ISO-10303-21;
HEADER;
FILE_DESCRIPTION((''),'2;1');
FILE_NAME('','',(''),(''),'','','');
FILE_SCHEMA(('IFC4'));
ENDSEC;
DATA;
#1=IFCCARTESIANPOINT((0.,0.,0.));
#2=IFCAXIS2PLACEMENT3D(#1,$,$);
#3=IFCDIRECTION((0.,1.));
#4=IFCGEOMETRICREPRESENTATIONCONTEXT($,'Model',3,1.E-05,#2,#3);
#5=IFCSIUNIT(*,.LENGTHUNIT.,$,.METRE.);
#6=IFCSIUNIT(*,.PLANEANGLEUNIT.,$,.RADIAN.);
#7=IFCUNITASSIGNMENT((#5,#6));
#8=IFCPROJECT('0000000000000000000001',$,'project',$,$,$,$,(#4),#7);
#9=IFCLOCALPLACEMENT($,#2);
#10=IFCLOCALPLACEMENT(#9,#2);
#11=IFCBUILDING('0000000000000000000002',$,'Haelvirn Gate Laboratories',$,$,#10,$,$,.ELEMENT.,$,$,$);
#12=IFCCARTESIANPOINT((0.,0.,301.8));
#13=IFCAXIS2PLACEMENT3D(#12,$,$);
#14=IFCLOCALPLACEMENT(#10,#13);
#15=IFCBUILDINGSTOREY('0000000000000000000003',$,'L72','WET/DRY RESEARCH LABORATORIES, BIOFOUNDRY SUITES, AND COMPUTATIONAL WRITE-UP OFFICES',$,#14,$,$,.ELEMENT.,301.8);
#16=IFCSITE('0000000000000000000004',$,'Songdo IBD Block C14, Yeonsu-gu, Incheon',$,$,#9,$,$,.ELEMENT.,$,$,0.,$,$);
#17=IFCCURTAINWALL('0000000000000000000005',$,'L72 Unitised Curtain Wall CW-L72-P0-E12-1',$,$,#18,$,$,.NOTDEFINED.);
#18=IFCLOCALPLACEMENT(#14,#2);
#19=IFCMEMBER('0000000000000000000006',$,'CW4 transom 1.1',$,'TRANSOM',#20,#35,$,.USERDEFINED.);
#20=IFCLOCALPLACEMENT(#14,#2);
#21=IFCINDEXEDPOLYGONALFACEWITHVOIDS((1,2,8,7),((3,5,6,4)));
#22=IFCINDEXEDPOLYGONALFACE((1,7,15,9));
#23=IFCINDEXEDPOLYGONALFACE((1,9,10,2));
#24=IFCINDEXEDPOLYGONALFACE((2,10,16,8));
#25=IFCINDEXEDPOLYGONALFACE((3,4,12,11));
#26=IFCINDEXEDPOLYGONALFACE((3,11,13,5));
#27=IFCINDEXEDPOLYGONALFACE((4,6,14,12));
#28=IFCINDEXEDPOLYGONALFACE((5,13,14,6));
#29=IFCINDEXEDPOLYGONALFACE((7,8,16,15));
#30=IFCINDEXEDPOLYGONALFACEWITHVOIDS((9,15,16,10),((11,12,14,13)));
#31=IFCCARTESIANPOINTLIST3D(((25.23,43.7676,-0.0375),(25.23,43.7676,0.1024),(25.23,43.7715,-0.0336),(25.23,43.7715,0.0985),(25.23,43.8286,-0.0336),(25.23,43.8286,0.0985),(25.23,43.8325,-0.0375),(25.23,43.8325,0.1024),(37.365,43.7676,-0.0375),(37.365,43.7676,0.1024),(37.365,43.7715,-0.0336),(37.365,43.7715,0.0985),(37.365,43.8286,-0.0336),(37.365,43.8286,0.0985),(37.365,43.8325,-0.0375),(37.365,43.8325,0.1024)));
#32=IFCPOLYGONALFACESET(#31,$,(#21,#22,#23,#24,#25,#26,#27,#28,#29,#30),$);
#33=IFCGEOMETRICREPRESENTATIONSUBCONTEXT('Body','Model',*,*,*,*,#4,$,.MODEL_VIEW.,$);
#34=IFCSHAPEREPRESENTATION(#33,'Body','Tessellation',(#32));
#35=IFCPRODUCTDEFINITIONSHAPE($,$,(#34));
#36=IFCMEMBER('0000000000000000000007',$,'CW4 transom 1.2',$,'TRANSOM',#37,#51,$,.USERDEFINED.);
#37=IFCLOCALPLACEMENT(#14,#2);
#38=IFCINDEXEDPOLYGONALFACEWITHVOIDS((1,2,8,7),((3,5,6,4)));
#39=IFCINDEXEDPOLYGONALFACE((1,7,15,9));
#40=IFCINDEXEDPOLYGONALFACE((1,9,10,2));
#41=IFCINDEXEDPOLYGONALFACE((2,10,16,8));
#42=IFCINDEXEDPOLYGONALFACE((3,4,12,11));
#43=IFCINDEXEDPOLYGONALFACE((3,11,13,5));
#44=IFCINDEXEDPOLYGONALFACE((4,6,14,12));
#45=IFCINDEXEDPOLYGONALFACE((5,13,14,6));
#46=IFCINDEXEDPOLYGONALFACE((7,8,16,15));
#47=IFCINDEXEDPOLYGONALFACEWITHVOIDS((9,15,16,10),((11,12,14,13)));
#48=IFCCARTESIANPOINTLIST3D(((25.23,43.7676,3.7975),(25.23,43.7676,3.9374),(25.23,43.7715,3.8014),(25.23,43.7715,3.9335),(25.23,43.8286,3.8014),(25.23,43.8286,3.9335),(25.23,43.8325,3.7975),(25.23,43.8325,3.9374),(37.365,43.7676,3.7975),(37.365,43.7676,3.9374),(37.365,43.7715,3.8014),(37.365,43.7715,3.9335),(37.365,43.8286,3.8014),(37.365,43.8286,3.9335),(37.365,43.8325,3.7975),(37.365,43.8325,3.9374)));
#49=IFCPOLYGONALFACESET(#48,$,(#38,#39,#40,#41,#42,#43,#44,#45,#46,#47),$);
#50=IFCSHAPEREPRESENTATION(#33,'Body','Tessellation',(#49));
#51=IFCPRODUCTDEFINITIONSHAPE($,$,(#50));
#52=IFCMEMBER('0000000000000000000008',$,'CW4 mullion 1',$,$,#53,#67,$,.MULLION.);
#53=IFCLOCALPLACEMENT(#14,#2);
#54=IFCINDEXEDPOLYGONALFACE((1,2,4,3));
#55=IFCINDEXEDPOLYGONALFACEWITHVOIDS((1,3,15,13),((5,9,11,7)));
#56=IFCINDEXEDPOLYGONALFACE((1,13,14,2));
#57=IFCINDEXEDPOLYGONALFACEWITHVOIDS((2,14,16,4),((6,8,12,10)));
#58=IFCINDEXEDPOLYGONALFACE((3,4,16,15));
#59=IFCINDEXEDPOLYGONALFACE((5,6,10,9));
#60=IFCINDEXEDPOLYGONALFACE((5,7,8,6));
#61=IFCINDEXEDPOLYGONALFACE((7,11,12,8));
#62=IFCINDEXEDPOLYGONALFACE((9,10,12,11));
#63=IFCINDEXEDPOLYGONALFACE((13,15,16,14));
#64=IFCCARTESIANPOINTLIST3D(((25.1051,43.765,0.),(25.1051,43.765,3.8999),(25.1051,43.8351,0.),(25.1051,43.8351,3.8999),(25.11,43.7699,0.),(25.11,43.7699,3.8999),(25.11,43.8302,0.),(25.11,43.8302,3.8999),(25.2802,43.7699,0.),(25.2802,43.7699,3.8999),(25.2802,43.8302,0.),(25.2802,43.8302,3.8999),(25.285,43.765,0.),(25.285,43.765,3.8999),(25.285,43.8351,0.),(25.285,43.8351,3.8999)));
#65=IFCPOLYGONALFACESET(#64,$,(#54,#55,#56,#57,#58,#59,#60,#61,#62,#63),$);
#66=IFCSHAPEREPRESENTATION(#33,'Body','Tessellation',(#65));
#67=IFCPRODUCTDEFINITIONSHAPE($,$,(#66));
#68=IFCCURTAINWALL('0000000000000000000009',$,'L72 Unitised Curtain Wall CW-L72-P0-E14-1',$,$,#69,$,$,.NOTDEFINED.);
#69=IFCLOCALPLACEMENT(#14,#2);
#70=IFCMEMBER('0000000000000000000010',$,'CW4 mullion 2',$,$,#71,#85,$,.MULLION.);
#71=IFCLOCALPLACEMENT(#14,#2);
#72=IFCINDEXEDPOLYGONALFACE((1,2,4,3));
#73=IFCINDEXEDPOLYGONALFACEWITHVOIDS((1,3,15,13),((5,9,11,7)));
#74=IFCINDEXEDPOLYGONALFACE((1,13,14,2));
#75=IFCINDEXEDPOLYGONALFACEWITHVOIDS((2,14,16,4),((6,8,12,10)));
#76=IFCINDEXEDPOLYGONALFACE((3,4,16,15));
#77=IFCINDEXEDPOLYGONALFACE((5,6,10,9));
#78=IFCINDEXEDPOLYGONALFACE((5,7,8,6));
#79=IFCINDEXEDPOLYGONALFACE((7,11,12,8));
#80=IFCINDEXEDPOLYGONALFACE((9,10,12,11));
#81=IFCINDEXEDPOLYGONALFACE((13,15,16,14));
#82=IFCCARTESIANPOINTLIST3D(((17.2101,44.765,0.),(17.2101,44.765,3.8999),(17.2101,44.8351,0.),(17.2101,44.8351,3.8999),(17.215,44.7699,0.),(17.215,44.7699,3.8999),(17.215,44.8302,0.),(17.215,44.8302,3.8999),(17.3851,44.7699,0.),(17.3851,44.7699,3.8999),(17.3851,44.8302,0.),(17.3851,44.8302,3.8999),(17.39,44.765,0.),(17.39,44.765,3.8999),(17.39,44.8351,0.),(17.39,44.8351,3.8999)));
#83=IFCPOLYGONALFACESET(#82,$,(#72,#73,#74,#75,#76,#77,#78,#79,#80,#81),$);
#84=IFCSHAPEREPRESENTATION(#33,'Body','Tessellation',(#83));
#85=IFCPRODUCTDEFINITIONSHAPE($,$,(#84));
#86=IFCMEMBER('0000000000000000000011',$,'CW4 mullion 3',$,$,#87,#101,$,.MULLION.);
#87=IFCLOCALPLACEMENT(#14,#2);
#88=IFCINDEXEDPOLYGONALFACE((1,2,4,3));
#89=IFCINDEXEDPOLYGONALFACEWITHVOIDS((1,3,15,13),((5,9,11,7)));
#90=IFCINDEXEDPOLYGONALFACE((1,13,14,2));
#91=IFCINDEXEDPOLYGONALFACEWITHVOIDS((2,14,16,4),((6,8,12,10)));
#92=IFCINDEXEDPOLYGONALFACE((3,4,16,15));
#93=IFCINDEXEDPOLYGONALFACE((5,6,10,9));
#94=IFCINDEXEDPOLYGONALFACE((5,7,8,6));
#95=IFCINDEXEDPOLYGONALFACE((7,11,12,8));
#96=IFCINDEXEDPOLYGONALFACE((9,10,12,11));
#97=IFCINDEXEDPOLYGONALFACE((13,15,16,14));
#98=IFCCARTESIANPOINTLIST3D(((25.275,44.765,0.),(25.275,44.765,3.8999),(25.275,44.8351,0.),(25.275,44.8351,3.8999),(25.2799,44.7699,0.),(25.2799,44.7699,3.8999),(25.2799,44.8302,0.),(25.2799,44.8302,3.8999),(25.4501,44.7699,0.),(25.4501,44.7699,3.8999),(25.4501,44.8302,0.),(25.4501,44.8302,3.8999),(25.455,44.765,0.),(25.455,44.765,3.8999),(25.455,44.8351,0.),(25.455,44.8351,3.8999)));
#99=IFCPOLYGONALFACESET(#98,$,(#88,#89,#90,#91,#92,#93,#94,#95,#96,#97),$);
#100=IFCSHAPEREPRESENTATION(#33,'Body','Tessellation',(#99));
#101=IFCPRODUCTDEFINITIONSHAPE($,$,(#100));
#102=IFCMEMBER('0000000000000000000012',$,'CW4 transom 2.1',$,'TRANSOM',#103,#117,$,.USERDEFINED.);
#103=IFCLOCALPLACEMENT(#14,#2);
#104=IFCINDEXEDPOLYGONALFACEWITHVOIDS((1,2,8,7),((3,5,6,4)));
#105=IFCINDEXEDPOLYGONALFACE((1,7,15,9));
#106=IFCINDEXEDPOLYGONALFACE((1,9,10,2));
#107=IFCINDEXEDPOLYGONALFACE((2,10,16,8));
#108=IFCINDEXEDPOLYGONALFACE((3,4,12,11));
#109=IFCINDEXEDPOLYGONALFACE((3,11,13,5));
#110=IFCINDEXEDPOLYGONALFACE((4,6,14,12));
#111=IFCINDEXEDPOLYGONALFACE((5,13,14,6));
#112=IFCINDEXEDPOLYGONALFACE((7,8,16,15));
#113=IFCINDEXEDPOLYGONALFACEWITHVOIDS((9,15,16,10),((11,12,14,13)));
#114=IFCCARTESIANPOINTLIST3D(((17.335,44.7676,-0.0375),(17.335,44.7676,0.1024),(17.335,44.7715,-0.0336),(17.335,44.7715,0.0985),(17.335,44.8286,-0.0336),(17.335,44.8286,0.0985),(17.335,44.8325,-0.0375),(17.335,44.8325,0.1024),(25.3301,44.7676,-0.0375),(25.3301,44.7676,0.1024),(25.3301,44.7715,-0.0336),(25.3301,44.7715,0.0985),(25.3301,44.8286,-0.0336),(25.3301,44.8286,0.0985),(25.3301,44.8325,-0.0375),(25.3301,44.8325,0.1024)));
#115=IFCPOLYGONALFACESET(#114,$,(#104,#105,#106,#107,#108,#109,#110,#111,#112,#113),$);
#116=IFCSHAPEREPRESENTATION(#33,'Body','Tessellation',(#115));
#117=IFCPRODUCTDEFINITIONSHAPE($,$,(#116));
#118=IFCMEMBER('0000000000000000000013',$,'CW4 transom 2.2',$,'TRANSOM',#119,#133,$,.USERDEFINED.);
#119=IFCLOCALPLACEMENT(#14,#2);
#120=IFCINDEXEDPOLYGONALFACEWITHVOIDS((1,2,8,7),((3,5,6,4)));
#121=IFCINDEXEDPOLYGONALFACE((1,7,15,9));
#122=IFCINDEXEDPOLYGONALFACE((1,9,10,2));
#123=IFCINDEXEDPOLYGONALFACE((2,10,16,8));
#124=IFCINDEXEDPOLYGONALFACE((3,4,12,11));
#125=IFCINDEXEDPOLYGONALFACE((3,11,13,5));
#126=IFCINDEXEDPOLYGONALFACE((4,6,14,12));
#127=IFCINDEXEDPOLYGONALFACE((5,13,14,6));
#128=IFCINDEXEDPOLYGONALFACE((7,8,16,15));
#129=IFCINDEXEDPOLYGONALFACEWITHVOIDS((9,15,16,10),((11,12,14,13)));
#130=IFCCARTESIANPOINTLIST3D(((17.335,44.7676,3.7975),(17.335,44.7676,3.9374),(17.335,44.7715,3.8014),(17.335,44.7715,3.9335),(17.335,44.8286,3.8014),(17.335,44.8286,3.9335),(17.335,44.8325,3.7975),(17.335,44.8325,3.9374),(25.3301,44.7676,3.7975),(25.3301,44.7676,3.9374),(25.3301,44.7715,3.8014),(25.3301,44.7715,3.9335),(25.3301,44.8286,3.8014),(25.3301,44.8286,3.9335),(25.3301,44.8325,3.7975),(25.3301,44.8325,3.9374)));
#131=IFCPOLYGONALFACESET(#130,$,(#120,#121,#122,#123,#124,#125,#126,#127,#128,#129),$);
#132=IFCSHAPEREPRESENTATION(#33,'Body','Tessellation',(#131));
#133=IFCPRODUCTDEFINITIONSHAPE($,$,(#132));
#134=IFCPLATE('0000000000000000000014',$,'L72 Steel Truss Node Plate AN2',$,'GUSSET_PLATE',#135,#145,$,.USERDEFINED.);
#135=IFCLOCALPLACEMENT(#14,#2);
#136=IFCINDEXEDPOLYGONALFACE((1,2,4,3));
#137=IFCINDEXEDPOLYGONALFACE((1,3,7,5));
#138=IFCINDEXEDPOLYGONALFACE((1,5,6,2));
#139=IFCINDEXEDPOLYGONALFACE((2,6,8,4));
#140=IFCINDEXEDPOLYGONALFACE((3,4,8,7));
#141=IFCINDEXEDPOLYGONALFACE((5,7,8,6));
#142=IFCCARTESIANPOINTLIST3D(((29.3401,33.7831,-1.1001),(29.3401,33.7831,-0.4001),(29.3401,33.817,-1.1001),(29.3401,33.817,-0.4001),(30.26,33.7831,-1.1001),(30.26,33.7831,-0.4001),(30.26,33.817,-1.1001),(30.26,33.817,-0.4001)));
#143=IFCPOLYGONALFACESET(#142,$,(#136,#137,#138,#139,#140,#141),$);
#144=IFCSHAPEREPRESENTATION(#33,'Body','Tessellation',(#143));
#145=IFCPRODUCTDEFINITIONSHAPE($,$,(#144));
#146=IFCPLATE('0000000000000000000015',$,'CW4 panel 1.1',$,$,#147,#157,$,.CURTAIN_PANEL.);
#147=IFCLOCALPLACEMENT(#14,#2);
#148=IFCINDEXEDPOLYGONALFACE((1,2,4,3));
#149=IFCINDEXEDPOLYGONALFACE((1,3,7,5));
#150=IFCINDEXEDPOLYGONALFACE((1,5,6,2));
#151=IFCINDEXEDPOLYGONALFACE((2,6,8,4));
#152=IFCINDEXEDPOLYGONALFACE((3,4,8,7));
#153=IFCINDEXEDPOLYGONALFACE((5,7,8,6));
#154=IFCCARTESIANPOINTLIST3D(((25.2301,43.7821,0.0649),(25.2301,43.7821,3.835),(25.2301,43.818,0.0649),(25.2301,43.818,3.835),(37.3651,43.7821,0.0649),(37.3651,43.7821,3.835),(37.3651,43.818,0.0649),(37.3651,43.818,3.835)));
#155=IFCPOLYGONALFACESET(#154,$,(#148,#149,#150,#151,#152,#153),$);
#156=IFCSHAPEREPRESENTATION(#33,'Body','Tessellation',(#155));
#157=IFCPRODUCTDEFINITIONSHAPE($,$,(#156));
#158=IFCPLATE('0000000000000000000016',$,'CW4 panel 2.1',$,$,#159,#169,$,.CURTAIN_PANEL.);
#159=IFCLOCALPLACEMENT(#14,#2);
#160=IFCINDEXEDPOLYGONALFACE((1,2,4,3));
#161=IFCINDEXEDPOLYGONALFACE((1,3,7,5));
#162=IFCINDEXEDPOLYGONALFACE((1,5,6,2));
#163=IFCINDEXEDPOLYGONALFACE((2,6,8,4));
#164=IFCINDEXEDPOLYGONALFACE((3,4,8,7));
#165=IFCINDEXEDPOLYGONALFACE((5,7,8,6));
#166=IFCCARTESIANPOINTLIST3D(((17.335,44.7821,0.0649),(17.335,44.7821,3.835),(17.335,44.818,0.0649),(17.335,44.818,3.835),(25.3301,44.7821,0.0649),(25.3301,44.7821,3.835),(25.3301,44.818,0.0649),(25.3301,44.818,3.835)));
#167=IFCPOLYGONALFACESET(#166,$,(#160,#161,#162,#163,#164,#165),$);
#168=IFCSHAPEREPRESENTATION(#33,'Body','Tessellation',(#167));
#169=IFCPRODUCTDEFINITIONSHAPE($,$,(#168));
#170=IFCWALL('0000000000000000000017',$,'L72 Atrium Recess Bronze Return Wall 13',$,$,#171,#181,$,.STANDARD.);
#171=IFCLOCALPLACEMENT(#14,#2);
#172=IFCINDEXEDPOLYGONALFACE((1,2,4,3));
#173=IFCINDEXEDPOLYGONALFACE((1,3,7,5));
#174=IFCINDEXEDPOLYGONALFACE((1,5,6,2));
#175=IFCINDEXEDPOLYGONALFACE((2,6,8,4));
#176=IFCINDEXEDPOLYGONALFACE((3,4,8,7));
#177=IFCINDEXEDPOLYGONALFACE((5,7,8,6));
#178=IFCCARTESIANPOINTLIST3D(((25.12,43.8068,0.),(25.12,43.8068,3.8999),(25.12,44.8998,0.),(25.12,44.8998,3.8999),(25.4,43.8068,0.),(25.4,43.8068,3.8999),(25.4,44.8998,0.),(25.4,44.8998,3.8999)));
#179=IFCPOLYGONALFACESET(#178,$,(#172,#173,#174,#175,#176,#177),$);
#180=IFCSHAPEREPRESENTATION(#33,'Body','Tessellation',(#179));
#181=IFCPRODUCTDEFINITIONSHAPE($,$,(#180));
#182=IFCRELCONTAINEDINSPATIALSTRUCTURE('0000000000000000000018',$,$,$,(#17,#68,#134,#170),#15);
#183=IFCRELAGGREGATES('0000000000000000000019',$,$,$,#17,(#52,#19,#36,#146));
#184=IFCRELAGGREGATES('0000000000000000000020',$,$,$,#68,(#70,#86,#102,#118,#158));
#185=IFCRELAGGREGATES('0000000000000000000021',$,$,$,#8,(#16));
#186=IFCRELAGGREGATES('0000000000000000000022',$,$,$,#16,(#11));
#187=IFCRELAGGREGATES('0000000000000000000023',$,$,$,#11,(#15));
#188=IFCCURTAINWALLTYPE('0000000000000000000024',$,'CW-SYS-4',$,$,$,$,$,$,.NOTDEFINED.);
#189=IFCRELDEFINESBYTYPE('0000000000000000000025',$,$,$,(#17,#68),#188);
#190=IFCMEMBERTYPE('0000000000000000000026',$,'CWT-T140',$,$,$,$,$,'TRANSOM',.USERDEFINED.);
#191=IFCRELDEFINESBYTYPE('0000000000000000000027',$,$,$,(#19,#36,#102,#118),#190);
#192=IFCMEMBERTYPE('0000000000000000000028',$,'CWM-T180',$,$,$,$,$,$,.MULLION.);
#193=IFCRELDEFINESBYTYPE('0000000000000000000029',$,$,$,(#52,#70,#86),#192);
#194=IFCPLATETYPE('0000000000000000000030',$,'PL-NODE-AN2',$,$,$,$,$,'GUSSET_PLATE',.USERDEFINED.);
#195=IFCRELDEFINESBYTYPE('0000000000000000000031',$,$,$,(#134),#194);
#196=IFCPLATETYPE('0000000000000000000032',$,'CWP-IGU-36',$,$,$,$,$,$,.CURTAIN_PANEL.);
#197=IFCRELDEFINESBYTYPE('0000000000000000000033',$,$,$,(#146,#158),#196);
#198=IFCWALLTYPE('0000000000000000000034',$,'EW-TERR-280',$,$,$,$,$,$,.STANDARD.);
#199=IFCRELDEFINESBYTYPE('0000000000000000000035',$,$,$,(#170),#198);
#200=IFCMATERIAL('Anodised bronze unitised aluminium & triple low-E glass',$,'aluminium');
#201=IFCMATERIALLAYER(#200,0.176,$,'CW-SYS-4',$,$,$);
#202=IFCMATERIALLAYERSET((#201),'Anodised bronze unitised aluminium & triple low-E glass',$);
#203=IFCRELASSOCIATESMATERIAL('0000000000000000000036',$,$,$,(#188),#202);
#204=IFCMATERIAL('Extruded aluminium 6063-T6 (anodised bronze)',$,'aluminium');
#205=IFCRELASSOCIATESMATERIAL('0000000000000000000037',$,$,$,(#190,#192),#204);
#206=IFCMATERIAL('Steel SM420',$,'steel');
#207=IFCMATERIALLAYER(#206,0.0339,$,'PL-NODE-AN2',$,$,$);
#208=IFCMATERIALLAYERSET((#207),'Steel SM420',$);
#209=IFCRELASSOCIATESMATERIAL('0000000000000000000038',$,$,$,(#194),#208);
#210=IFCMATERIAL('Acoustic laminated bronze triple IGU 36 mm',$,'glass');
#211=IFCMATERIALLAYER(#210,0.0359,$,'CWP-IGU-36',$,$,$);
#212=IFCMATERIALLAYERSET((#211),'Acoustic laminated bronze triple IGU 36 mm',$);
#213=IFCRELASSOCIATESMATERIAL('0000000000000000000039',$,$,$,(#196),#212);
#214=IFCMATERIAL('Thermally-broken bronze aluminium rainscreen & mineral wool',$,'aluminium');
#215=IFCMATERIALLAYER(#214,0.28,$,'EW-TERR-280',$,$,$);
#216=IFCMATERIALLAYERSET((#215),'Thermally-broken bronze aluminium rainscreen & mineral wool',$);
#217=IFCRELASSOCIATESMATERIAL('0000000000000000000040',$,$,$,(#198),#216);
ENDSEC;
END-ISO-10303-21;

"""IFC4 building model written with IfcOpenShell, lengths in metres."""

from ifc_helpers import new_model, si_unit, direction, frame, frame_2d, origin, origin_2d, place, context, subcontext, project, spatial, rectangle, hollow_rectangle, extrude, source, transform, mapped, material, layer, layer_set, material_profile, profile_set, type_object, type_shapes, element, aggregate, save


model = new_model("IFC4")

# Units and contexts
model_context = context("Model", 3, precision=1e-05, world=origin(), true_north=direction((0.0, 1.0)))
body_context = subcontext(model_context, "Body", "Model", "MODEL_VIEW")
ifc_project = project(units=[si_unit("LENGTHUNIT", "METRE"), si_unit("PLANEANGLEUNIT", "RADIAN")], contexts=[model_context])

# Site, building, storey
site_placement = place(None, origin())
site = spatial("IfcSite", under=ifc_project, at=site_placement, Name="Songdo IBD Block C14, Yeonsu-gu, Incheon", CompositionType="ELEMENT", RefElevation=0.0)
building_placement = place(site_placement, origin())
building = spatial("IfcBuilding", under=site, at=building_placement, Name="Haelvirn Gate Laboratories", CompositionType="ELEMENT")
storey_placement = place(building_placement, frame((0.0, 0.0, 301.8)))
storey = spatial("IfcBuildingStorey", under=building, at=storey_placement, Name="L72", Description="WET/DRY RESEARCH LABORATORIES, BIOFOUNDRY SUITES, AND COMPUTATIONAL WRITE-UP OFFICES", CompositionType="ELEMENT", Elevation=301.8)

# Shared definitions
ifc_material_1 = material(Name="Steel SM420", Category="steel")

# Curtain walls, members
ifc_material_2 = material(Name="Anodised bronze unitised aluminium & triple low-E glass", Category="aluminium")
ifc_layer_1 = layer(ifc_material_2, 0.176, Name="CW-SYS-4")
ifc_layer_set_1 = layer_set([ifc_layer_1], Name="Anodised bronze unitised aluminium & triple low-E glass")
curtain_wall_type = type_object("IfcCurtainWallType", Name="CW-SYS-4", PredefinedType="NOTDEFINED", material=ifc_layer_set_1)
curtain_wall_1_placement = place(storey_placement, origin())
curtain_wall_1 = element("IfcCurtainWall", 1, at=curtain_wall_1_placement, inside=storey, type_object=curtain_wall_type, Name="L72 Unitised Curtain Wall CW-L72-P0-E12-1", PredefinedType="NOTDEFINED")
ifc_material_3 = material(Name="Extruded aluminium 6063-T6 (anodised bronze)", Category="aluminium")
ifc_material_profile_1 = material_profile(ifc_material_3, hollow_rectangle(XDim=0.0649, YDim=0.1399, WallThickness=0.0039, at=origin_2d()), Name="CWT-140x65x4")
ifc_profile_set_1 = profile_set([ifc_material_profile_1], Name="Extruded aluminium 6063-T6 (anodised bronze)")
member_type_1 = type_object("IfcMemberType", Name="CWT-T140", ElementType="TRANSOM", PredefinedType="USERDEFINED", material=ifc_profile_set_1)
shared_shape_1 = source(origin(), body_context, "Body", "SweptSolid", [
    extrude(hollow_rectangle(XDim=0.0649, YDim=0.1399, WallThickness=0.0039, at=origin_2d()), origin(), (0.0, 0.0, 1.0), 12.135),
])
member_1_placement = place(storey_placement, frame((25.23, 43.8, 0.0325), z_axis=(1.0, 0.0, 0.0), x_axis=(0.0, 1.0, 0.0)))
member_1 = element("IfcMember", 2, at=member_1_placement, type_object=member_type_1, Name="CW4 transom 1.1", ObjectType="TRANSOM", PredefinedType="USERDEFINED", context=body_context, shape_type="MappedRepresentation", body=[
    mapped(shared_shape_1, transform((0.0, 0.0, 0.0), scale=1.0)),
])
member_2_placement = place(storey_placement, frame((25.23, 43.8, 3.8674), z_axis=(1.0, 0.0, 0.0), x_axis=(0.0, 1.0, 0.0)))
member_2 = element("IfcMember", 3, at=member_2_placement, type_object=member_type_1, Name="CW4 transom 1.2", ObjectType="TRANSOM", PredefinedType="USERDEFINED", context=body_context, shape_type="MappedRepresentation", body=[
    mapped(shared_shape_1, transform((0.0, 0.0, 0.0), scale=1.0)),
])
ifc_material_profile_2 = material_profile(ifc_material_3, hollow_rectangle(XDim=0.0701, YDim=0.1799, WallThickness=0.0049, at=origin_2d()), Name="CWM-180x70x5")
ifc_profile_set_2 = profile_set([ifc_material_profile_2], Name="Extruded aluminium 6063-T6 (anodised bronze)")
member_type_2 = type_object("IfcMemberType", Name="CWM-T180", PredefinedType="MULLION", material=ifc_profile_set_2)
shared_shape_2 = source(origin(), body_context, "Body", "SweptSolid", [
    extrude(hollow_rectangle(XDim=0.0701, YDim=0.1799, WallThickness=0.0049, at=origin_2d()), origin(), (0.0, 0.0, 1.0), 3.8999),
])
type_shapes(member_type_2, [shared_shape_2])
member_3_placement = place(storey_placement, frame((25.1951, 43.8, 0.0), z_axis=(0.0, 0.0, 1.0), x_axis=(0.0, 1.0, 0.0)))
member_3 = element("IfcMember", 4, at=member_3_placement, type_object=member_type_2, Name="CW4 mullion 1", PredefinedType="MULLION", context=body_context, shape_type="MappedRepresentation", body=[
    mapped(shared_shape_2, transform((0.0, 0.0, 0.0), scale=1.0)),
])
curtain_wall_2_placement = place(storey_placement, origin())
curtain_wall_2 = element("IfcCurtainWall", 5, at=curtain_wall_2_placement, inside=storey, type_object=curtain_wall_type, Name="L72 Unitised Curtain Wall CW-L72-P0-E14-1", PredefinedType="NOTDEFINED")
member_4_placement = place(storey_placement, frame((17.3, 44.8, 0.0), z_axis=(0.0, 0.0, 1.0), x_axis=(0.0, 1.0, 0.0)))
member_4 = element("IfcMember", 6, at=member_4_placement, type_object=member_type_2, Name="CW4 mullion 2", PredefinedType="MULLION", context=body_context, shape_type="MappedRepresentation", body=[
    mapped(shared_shape_2, transform((0.0, 0.0, 0.0), scale=1.0)),
])
member_5_placement = place(storey_placement, frame((25.365, 44.8, 0.0), z_axis=(0.0, 0.0, 1.0), x_axis=(0.0, 1.0, 0.0)))
member_5 = element("IfcMember", 7, at=member_5_placement, type_object=member_type_2, Name="CW4 mullion 3", PredefinedType="MULLION", context=body_context, shape_type="MappedRepresentation", body=[
    mapped(shared_shape_2, transform((0.0, 0.0, 0.0), scale=1.0)),
])
shared_shape_3 = source(origin(), body_context, "Body", "SweptSolid", [
    extrude(hollow_rectangle(XDim=0.0649, YDim=0.1399, WallThickness=0.0039, at=origin_2d()), origin(), (0.0, 0.0, 1.0), 7.9951),
])
type_shapes(member_type_1, [shared_shape_1, shared_shape_3])
member_6_placement = place(storey_placement, frame((17.335, 44.8, 0.0325), z_axis=(1.0, 0.0, 0.0), x_axis=(0.0, 1.0, 0.0)))
member_6 = element("IfcMember", 8, at=member_6_placement, type_object=member_type_1, Name="CW4 transom 2.1", ObjectType="TRANSOM", PredefinedType="USERDEFINED", context=body_context, shape_type="MappedRepresentation", body=[
    mapped(shared_shape_3, transform((0.0, 0.0, 0.0), scale=1.0)),
])
member_7_placement = place(storey_placement, frame((17.335, 44.8, 3.8674), z_axis=(1.0, 0.0, 0.0), x_axis=(0.0, 1.0, 0.0)))
member_7 = element("IfcMember", 9, at=member_7_placement, type_object=member_type_1, Name="CW4 transom 2.2", ObjectType="TRANSOM", PredefinedType="USERDEFINED", context=body_context, shape_type="MappedRepresentation", body=[
    mapped(shared_shape_3, transform((0.0, 0.0, 0.0), scale=1.0)),
])

# Plates
ifc_layer_2 = layer(ifc_material_1, 0.0339, Name="PL-NODE-AN2")
ifc_layer_set_2 = layer_set([ifc_layer_2], Name="Steel SM420")
plate_type_1 = type_object("IfcPlateType", Name="PL-NODE-AN2", ElementType="GUSSET_PLATE", PredefinedType="USERDEFINED", material=ifc_layer_set_2)
shared_shape_4 = source(origin(), body_context, "Body", "SweptSolid", [
    extrude(rectangle(XDim=0.9199, YDim=0.0339, at=origin_2d()), origin(), (0.0, 0.0, 1.0), 0.7),
])
type_shapes(plate_type_1, [shared_shape_4])
plate_1_placement = place(storey_placement, frame((29.8, 33.8, -1.1001), z_axis=(0.0, 0.0, 1.0), x_axis=(1.0, 0.0, 0.0)))
element("IfcPlate", 10, at=plate_1_placement, inside=storey, type_object=plate_type_1, Name="L72 Steel Truss Node Plate AN2", ObjectType="GUSSET_PLATE", PredefinedType="USERDEFINED", context=body_context, shape_type="MappedRepresentation", body=[
    mapped(shared_shape_4, transform((0.0, 0.0, 0.0), scale=1.0)),
])
ifc_material_4 = material(Name="Acoustic laminated bronze triple IGU 36 mm", Category="glass")
ifc_layer_3 = layer(ifc_material_4, 0.0359, Name="CWP-IGU-36")
ifc_layer_set_3 = layer_set([ifc_layer_3], Name="Acoustic laminated bronze triple IGU 36 mm")
plate_type_2 = type_object("IfcPlateType", Name="CWP-IGU-36", PredefinedType="CURTAIN_PANEL", material=ifc_layer_set_3)
shared_shape_5 = source(origin(), body_context, "Body", "SweptSolid", [
    extrude(rectangle(XDim=12.135, YDim=0.0359, at=origin_2d()), origin(), (0.0, 0.0, 1.0), 3.77),
])
plate_2_placement = place(storey_placement, frame((31.2976, 43.8, 0.0649), z_axis=(0.0, 0.0, 1.0), x_axis=(1.0, 0.0, 0.0)))
plate_2 = element("IfcPlate", 11, at=plate_2_placement, type_object=plate_type_2, Name="CW4 panel 1.1", PredefinedType="CURTAIN_PANEL", context=body_context, shape_type="MappedRepresentation", body=[
    mapped(shared_shape_5, transform((0.0, 0.0, 0.0), scale=1.0)),
])
aggregate(curtain_wall_1, [member_3, member_1, member_2, plate_2])
shared_shape_6 = source(origin(), body_context, "Body", "SweptSolid", [
    extrude(rectangle(XDim=7.9951, YDim=0.0359, at=origin_2d()), origin(), (0.0, 0.0, 1.0), 3.77),
])
type_shapes(plate_type_2, [shared_shape_5, shared_shape_6])
plate_3_placement = place(storey_placement, frame((21.3325, 44.8, 0.0649), z_axis=(0.0, 0.0, 1.0), x_axis=(1.0, 0.0, 0.0)))
plate_3 = element("IfcPlate", 12, at=plate_3_placement, type_object=plate_type_2, Name="CW4 panel 2.1", PredefinedType="CURTAIN_PANEL", context=body_context, shape_type="MappedRepresentation", body=[
    mapped(shared_shape_6, transform((0.0, 0.0, 0.0), scale=1.0)),
])
aggregate(curtain_wall_2, [member_4, member_5, member_6, member_7, plate_3])

# Wall
ifc_material_5 = material(Name="Thermally-broken bronze aluminium rainscreen & mineral wool", Category="aluminium")
ifc_layer_4 = layer(ifc_material_5, 0.28, Name="EW-TERR-280")
ifc_layer_set_4 = layer_set([ifc_layer_4], Name="Thermally-broken bronze aluminium rainscreen & mineral wool")
wall_type_1 = type_object("IfcWallType", Name="EW-TERR-280", PredefinedType="STANDARD", material=ifc_layer_set_4)
wall_1_placement = place(storey_placement, frame((25.26, 43.8069, 0.0), z_axis=(0.0, 0.0, 1.0), x_axis=(0.0, 1.0, 0.0)))
element("IfcWall", 13, at=wall_1_placement, inside=storey, type_object=wall_type_1, Name="L72 Atrium Recess Bronze Return Wall 13", PredefinedType="STANDARD", context=body_context, shape_type="SweptSolid", body=[
    extrude(rectangle(XDim=1.093, YDim=0.28, at=frame_2d((0.5464, 0.0))), origin(), (0.0, 0.0, 1.0), 3.8999),
])

save(model, "model.ifc")
